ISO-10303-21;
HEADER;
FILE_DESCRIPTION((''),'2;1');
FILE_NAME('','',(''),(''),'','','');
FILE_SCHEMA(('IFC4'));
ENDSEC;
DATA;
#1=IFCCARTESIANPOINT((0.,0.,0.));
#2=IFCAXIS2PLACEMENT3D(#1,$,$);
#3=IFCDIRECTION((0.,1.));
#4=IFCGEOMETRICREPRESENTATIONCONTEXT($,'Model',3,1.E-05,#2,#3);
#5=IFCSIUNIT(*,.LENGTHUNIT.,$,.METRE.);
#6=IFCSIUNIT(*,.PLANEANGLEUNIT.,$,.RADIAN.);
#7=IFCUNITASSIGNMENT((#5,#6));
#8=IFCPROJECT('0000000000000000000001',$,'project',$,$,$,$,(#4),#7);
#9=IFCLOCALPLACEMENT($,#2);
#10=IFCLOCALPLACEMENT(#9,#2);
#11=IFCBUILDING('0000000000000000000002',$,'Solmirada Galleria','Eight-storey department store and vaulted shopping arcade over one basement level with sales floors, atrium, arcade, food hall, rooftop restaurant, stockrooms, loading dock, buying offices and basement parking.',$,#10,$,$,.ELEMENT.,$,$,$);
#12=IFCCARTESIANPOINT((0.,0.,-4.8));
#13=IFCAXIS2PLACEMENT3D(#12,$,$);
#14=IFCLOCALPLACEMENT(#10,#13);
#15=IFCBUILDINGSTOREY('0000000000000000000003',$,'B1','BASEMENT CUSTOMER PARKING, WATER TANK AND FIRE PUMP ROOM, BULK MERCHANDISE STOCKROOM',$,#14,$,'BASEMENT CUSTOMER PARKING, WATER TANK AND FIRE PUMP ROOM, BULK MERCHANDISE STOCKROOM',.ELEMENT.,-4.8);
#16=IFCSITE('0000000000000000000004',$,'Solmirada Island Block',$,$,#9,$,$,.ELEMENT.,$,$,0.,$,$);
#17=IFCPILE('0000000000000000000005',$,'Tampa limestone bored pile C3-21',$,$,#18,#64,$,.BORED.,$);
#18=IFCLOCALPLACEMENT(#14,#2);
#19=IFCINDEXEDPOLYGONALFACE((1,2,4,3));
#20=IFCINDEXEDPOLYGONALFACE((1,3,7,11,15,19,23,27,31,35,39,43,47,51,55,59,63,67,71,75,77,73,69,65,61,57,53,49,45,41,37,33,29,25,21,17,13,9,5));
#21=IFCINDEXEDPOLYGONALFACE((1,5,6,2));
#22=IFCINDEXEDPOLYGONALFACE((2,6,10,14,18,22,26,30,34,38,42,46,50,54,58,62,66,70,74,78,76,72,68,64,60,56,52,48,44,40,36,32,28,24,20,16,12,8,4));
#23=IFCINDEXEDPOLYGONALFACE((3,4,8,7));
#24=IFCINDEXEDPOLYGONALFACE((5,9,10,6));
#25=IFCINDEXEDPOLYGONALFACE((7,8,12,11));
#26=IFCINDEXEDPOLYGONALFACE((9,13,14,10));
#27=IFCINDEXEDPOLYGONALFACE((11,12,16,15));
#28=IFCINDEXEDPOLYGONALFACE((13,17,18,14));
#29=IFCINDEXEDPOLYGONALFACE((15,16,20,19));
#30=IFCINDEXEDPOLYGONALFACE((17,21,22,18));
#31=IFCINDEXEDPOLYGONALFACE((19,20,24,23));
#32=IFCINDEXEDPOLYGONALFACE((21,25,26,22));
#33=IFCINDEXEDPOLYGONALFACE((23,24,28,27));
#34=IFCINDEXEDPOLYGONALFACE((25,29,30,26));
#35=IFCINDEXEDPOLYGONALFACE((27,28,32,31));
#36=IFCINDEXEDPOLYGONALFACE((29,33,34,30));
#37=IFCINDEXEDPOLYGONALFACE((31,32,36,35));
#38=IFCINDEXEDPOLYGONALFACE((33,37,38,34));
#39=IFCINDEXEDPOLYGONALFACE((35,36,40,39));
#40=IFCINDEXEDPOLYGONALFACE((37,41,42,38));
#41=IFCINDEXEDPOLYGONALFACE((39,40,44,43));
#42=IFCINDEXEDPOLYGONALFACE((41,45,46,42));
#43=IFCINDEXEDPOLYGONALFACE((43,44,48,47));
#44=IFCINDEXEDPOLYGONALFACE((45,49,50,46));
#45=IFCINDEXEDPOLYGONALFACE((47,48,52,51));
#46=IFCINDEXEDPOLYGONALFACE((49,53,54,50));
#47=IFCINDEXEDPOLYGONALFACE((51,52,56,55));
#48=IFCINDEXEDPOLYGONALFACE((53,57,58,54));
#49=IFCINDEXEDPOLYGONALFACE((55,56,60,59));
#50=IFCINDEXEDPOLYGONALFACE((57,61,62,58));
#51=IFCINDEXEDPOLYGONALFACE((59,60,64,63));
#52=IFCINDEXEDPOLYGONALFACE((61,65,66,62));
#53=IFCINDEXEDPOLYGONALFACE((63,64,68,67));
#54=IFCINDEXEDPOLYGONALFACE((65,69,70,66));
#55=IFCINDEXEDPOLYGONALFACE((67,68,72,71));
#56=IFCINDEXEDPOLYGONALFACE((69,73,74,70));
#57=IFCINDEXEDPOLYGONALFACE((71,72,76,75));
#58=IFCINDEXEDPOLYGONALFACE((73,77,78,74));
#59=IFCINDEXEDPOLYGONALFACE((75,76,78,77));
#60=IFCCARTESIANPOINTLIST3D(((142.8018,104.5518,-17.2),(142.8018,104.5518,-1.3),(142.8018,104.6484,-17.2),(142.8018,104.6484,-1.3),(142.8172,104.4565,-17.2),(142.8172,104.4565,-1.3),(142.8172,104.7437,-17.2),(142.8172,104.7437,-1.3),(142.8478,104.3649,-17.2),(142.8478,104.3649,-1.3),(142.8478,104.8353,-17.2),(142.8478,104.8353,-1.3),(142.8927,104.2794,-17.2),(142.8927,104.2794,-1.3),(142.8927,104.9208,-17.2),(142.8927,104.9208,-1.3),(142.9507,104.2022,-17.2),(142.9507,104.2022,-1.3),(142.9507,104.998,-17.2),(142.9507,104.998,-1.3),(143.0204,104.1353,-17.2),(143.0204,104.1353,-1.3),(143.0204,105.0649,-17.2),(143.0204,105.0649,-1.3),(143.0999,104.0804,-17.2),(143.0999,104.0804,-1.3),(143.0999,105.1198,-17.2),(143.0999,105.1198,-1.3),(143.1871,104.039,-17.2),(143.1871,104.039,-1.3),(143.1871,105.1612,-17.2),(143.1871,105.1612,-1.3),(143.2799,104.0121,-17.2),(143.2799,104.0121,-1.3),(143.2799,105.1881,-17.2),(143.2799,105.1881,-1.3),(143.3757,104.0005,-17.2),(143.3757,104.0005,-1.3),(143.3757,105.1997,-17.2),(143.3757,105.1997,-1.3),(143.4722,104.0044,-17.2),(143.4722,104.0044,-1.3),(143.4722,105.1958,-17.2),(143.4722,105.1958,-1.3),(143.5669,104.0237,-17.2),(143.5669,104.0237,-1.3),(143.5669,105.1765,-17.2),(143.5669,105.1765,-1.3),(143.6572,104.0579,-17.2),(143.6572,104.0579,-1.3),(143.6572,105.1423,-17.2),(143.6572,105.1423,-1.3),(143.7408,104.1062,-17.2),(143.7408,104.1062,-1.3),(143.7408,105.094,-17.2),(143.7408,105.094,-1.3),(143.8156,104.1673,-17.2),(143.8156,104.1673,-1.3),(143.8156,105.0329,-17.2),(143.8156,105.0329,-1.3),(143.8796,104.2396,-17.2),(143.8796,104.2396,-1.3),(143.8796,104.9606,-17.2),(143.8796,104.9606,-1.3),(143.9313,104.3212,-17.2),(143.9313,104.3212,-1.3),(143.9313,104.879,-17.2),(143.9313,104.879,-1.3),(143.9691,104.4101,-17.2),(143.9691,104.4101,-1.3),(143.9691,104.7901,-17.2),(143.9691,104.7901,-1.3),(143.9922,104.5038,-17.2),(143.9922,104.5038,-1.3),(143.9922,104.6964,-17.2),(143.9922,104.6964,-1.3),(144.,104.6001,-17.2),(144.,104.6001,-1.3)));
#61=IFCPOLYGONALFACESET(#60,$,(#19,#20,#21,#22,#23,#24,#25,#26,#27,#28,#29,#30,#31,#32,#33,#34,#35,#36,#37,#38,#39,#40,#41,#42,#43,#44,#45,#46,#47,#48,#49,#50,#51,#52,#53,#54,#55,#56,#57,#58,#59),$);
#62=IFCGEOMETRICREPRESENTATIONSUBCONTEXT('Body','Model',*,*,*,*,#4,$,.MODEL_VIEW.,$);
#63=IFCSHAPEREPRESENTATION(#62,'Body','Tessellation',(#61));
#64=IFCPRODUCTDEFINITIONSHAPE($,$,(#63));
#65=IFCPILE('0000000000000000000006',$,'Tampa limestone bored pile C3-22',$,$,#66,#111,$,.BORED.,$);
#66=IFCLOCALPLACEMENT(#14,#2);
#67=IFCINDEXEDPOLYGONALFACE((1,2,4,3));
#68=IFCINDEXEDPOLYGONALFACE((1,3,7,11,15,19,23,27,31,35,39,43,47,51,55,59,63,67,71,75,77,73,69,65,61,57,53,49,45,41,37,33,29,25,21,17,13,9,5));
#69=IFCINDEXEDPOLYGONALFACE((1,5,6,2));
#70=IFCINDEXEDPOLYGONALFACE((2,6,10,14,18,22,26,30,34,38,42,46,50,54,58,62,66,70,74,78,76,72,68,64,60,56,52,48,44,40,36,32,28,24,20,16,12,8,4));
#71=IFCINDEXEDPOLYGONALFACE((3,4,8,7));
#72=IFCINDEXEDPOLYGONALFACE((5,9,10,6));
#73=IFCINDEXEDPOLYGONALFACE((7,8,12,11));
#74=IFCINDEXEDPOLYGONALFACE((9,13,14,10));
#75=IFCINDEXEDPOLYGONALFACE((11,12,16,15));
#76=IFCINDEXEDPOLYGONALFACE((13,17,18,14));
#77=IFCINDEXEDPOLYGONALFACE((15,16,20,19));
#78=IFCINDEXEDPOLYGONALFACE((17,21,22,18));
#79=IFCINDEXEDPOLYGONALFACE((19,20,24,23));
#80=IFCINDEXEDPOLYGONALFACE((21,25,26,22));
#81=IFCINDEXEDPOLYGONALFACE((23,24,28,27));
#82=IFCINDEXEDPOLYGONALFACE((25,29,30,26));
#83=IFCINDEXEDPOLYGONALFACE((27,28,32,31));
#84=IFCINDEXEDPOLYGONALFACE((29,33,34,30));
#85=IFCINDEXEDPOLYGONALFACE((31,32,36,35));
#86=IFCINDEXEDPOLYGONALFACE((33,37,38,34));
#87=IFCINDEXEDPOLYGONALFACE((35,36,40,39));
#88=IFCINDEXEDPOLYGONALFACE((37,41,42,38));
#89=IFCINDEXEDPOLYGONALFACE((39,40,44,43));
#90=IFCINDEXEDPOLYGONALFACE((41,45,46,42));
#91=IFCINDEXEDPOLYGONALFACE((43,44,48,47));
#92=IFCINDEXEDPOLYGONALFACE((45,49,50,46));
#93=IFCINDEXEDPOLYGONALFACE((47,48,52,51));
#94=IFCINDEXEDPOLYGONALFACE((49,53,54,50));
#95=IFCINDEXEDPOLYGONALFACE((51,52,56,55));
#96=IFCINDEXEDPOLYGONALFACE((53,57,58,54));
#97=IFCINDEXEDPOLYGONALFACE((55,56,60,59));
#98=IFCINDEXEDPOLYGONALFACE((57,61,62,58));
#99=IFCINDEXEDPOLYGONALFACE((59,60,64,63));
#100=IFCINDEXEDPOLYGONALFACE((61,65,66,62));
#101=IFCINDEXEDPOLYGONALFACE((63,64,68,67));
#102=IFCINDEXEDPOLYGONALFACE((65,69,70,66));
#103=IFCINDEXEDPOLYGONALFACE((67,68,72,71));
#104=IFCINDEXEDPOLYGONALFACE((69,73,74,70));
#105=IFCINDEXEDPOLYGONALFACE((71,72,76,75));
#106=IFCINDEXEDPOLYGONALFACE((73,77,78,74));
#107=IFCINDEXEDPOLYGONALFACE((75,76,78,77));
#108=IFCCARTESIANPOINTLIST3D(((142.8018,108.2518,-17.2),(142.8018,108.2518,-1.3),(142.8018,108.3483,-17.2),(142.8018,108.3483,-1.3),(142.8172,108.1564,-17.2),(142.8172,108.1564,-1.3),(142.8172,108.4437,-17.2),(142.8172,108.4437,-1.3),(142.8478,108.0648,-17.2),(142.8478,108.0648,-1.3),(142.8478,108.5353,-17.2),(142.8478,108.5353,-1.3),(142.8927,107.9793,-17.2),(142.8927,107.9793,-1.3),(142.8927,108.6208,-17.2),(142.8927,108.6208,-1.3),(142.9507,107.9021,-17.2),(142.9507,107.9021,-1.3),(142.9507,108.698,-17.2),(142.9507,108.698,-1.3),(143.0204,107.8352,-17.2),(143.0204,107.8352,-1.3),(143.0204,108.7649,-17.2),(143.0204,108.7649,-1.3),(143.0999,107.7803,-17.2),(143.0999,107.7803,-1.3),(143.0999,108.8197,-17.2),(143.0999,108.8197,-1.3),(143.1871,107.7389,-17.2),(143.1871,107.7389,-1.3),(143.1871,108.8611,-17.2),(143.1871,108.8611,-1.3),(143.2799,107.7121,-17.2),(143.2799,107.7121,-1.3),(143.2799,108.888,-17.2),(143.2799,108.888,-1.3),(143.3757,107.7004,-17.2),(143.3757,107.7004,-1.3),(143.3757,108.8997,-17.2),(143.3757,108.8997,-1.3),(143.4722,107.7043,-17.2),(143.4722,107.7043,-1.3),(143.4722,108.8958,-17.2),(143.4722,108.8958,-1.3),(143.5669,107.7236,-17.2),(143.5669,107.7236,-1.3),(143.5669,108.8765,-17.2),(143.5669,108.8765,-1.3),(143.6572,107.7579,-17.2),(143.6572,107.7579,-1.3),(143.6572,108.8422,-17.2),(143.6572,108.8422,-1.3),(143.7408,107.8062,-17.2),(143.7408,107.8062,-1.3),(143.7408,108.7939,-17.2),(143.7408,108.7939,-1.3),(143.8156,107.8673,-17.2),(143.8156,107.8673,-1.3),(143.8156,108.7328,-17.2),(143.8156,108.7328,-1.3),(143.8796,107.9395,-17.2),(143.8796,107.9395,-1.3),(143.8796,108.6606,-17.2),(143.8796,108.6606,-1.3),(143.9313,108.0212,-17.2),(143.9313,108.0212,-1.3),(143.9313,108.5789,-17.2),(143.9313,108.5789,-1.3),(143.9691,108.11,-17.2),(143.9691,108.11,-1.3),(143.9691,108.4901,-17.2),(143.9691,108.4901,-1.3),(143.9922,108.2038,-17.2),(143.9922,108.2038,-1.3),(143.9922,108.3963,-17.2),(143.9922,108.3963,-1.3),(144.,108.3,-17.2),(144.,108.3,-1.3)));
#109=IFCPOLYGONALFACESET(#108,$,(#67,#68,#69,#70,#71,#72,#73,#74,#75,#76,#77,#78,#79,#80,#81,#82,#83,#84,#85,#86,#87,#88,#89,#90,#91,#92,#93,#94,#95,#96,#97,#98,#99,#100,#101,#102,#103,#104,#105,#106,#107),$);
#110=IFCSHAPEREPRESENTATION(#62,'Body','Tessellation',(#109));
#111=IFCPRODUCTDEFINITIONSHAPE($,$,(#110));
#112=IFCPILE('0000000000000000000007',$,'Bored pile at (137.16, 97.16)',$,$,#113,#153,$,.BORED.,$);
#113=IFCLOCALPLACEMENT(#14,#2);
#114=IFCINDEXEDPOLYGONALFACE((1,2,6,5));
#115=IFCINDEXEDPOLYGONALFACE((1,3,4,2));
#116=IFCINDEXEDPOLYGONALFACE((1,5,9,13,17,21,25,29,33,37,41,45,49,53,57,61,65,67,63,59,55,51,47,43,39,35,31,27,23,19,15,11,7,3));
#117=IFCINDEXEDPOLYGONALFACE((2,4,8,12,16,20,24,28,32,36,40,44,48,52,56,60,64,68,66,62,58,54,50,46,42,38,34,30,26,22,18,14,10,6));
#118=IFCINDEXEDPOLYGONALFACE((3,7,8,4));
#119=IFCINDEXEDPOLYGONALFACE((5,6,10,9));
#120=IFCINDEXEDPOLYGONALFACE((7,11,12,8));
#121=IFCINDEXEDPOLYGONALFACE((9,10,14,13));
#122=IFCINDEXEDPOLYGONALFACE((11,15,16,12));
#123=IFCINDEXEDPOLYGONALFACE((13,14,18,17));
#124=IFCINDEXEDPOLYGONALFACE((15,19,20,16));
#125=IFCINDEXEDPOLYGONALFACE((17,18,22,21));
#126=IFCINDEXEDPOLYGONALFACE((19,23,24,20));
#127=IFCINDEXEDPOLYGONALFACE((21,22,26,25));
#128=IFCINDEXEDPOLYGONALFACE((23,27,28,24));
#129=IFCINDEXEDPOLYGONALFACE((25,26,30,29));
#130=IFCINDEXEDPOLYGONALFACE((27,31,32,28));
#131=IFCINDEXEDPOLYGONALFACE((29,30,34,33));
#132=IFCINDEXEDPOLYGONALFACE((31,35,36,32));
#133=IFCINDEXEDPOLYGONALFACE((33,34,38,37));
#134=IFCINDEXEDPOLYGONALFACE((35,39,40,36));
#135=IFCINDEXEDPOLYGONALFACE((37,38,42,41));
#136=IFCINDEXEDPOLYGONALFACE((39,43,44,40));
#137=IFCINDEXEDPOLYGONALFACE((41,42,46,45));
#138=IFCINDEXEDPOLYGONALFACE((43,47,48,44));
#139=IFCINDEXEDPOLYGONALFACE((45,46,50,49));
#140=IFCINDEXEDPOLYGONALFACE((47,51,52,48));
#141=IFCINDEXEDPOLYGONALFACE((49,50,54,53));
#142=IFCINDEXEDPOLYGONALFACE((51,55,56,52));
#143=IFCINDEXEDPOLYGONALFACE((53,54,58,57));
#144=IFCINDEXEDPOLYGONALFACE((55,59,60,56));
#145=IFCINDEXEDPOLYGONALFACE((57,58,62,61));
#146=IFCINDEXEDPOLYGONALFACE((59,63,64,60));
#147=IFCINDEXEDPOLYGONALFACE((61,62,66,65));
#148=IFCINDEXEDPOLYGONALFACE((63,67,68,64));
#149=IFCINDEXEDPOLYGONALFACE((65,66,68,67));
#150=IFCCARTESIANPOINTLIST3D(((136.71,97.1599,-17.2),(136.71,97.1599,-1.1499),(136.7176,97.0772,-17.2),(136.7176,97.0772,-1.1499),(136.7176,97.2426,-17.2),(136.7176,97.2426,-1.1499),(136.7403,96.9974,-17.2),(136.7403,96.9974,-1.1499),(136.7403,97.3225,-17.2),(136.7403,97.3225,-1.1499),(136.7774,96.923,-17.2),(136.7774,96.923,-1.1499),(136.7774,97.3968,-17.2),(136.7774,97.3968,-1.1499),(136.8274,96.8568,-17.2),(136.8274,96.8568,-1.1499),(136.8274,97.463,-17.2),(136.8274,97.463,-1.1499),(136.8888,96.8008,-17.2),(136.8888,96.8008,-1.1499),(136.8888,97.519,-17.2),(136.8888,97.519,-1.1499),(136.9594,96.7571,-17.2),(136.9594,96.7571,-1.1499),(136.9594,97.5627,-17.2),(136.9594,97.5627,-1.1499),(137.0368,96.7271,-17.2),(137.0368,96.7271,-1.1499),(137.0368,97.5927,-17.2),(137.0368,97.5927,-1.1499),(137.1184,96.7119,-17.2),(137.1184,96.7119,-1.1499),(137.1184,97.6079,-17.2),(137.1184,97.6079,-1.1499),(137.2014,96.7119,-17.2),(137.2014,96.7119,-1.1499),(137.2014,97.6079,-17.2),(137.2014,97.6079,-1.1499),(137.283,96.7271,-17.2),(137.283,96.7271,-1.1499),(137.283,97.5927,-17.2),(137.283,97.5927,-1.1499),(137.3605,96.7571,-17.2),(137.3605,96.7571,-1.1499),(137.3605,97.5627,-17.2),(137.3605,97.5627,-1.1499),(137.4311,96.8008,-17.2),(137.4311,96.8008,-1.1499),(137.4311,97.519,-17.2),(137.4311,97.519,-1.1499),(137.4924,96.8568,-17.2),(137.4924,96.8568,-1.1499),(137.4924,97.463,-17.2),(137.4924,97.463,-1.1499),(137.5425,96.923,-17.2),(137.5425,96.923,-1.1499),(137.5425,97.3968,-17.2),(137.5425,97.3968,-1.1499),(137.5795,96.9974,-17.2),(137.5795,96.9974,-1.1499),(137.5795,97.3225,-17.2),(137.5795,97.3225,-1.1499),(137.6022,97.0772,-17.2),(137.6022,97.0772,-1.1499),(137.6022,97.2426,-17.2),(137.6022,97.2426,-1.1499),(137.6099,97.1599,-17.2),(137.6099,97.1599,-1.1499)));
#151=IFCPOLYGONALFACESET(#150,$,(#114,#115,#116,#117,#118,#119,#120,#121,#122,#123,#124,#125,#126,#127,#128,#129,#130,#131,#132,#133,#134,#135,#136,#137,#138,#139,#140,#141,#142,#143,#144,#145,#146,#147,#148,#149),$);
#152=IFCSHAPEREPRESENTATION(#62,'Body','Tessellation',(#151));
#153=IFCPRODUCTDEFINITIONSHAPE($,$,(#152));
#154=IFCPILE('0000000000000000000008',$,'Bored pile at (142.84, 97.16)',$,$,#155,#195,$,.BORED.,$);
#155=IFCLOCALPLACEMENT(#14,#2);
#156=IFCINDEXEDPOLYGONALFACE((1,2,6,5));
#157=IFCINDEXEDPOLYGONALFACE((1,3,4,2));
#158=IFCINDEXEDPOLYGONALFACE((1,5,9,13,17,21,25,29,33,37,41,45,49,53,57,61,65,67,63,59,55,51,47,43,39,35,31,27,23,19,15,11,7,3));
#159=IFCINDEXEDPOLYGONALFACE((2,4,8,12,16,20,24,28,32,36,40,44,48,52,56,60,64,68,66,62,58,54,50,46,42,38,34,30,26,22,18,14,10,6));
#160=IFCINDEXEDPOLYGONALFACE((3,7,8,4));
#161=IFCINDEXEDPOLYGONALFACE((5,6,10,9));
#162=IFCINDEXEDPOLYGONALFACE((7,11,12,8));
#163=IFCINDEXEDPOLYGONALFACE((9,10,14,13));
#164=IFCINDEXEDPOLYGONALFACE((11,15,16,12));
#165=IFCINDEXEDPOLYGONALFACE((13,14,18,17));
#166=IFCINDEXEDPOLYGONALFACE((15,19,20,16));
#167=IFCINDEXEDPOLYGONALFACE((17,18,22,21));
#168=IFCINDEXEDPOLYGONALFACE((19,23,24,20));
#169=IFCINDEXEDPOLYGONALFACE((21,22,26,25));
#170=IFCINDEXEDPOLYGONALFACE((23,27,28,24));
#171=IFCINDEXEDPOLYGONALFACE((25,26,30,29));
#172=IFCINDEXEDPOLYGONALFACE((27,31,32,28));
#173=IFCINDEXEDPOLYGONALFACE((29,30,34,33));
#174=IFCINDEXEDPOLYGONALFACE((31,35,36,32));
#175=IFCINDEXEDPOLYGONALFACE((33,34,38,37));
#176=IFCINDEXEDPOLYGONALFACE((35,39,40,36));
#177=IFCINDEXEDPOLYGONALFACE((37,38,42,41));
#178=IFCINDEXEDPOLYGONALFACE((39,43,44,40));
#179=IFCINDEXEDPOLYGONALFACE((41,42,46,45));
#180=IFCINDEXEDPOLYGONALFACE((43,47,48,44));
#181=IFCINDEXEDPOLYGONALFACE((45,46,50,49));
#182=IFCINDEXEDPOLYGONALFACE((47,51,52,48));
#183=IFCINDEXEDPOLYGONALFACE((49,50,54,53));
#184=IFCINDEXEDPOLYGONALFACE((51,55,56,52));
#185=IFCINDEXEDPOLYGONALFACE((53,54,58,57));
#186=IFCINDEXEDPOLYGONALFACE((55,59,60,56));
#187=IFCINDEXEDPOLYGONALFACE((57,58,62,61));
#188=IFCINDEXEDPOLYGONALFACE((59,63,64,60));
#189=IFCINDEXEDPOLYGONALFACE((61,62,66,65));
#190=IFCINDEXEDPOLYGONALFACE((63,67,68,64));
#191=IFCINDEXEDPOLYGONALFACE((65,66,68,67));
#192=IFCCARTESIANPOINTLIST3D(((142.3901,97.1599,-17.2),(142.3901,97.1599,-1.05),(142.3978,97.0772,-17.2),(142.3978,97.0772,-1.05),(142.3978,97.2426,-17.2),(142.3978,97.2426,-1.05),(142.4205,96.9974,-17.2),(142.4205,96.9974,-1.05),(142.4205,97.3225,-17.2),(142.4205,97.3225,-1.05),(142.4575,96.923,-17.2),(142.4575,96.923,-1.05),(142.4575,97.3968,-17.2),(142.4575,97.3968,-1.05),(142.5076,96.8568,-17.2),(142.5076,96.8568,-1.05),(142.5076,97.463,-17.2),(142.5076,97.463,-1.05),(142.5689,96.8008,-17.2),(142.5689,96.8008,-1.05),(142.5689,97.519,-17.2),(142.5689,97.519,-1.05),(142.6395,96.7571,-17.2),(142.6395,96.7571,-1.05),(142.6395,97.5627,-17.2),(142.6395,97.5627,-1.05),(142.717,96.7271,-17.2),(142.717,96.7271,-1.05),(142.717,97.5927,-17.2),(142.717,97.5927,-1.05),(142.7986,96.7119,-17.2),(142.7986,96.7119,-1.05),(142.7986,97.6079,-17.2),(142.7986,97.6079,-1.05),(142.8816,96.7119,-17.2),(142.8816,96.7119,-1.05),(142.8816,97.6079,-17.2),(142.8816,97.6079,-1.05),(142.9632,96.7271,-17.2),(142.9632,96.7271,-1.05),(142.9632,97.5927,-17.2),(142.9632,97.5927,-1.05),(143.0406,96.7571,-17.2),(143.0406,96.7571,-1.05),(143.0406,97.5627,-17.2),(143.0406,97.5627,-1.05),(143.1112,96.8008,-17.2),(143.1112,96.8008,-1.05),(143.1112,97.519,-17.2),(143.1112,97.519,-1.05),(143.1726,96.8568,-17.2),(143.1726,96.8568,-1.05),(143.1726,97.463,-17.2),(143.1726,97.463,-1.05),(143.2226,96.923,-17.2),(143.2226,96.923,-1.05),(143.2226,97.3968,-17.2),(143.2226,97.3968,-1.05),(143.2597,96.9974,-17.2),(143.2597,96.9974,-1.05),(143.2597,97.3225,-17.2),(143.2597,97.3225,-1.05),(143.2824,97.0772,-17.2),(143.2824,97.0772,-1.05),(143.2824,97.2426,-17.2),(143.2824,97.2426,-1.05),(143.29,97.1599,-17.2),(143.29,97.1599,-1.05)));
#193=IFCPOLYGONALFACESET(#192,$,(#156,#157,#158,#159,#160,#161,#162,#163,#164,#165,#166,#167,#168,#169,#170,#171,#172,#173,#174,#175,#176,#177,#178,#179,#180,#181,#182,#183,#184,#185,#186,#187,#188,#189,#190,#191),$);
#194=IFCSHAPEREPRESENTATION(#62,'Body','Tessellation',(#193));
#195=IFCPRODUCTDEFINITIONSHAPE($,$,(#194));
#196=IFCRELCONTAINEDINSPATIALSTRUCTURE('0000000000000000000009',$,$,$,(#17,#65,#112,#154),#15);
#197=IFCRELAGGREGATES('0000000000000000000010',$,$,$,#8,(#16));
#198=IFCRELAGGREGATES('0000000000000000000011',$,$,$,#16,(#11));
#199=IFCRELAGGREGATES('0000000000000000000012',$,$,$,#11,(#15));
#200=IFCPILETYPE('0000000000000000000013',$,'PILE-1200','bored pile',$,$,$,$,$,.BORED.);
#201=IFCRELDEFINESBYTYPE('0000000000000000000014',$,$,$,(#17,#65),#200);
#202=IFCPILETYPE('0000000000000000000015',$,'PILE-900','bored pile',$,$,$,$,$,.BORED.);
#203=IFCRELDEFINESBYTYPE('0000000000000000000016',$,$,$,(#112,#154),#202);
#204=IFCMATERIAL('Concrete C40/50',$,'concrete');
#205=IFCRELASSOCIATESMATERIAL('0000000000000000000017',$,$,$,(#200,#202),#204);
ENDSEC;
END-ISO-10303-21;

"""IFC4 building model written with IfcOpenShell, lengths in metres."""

from ifc_helpers import new_model, si_unit, direction, frame, origin, origin_2d, place, context, subcontext, project, spatial, circle, extrude, material, material_profile, profile_set, type_object, element, save


model = new_model("IFC4")

# Units and contexts
model_context = context("Model", 3, precision=1e-05, world=origin(), true_north=direction((0.0, 1.0)))
body_context = subcontext(model_context, "Body", "Model", "MODEL_VIEW")
ifc_project = project(units=[si_unit("LENGTHUNIT", "METRE"), si_unit("PLANEANGLEUNIT", "RADIAN")], contexts=[model_context])

# Site, building, storey
site_placement = place(None, origin())
site = spatial("IfcSite", under=ifc_project, at=site_placement, Name="Solmirada Island Block", CompositionType="ELEMENT", RefElevation=0.0)
building_placement = place(site_placement, origin())
building = spatial("IfcBuilding", under=site, at=building_placement, Name="Solmirada Galleria", Description="Eight-storey department store and vaulted shopping arcade over one basement level with sales floors, atrium, arcade, food hall, rooftop restaurant, stockrooms, loading dock, buying offices and basement parking.", CompositionType="ELEMENT")
storey_placement = place(building_placement, frame((0.0, 0.0, -4.8)))
storey = spatial("IfcBuildingStorey", under=building, at=storey_placement, Name="B1", Description="BASEMENT CUSTOMER PARKING, WATER TANK AND FIRE PUMP ROOM, BULK MERCHANDISE STOCKROOM", LongName="BASEMENT CUSTOMER PARKING, WATER TANK AND FIRE PUMP ROOM, BULK MERCHANDISE STOCKROOM", CompositionType="ELEMENT", Elevation=-4.8)

# Piles
ifc_material_1 = material(Name="Concrete C40/50", Category="concrete")
ifc_material_profile_1 = material_profile(ifc_material_1, circle(Radius=0.6001, at=origin_2d()), Name="PILE1200")
ifc_profile_set_1 = profile_set([ifc_material_profile_1], Name="Concrete C40/50")
pile_type_1 = type_object("IfcPileType", Name="PILE-1200", Description="bored pile", PredefinedType="BORED", material=ifc_profile_set_1)
for number, where, z_axis, x_axis, name in (
    (1, (143.3999, 104.6001, -1.3), (0.0, 0.0, -1.0), (1.0, 0.0, 0.0), "Tampa limestone bored pile C3-21"),
    (2, (143.3999, 108.3, -1.3), (0.0, 0.0, -1.0), (1.0, 0.0, 0.0), "Tampa limestone bored pile C3-22"),
):
    element("IfcPile", number, at=place(storey_placement, frame(where, z_axis=z_axis, x_axis=x_axis)), inside=storey, type_object=pile_type_1, Name=name, PredefinedType="BORED", context=body_context, shape_type="SweptSolid", body=[
        extrude(circle(Radius=0.6001, at=origin_2d()), origin(), (0.0, 0.0, 1.0), 15.8999),
    ])
ifc_material_profile_2 = material_profile(ifc_material_1, circle(Radius=0.45, at=origin_2d()), Name="PILE900")
ifc_profile_set_2 = profile_set([ifc_material_profile_2], Name="Concrete C40/50")
pile_type_2 = type_object("IfcPileType", Name="PILE-900", Description="bored pile", PredefinedType="BORED", material=ifc_profile_set_2)
pile_1_placement = place(storey_placement, frame((137.1599, 97.1599, -1.1499), z_axis=(0.0, 0.0, -1.0), x_axis=(1.0, 0.0, 0.0)))
element("IfcPile", 3, at=pile_1_placement, inside=storey, type_object=pile_type_2, Name="Bored pile at (137.16, 97.16)", PredefinedType="BORED", context=body_context, shape_type="SweptSolid", body=[
    extrude(circle(Radius=0.45, at=origin_2d()), origin(), (0.0, 0.0, 1.0), 16.05),
])
pile_2_placement = place(storey_placement, frame((142.8401, 97.1599, -1.05), z_axis=(0.0, 0.0, -1.0), x_axis=(1.0, 0.0, 0.0)))
element("IfcPile", 4, at=pile_2_placement, inside=storey, type_object=pile_type_2, Name="Bored pile at (142.84, 97.16)", PredefinedType="BORED", context=body_context, shape_type="SweptSolid", body=[
    extrude(circle(Radius=0.45, at=origin_2d()), origin(), (0.0, 0.0, 1.0), 16.1499),
])

save(model, "model.ifc")
